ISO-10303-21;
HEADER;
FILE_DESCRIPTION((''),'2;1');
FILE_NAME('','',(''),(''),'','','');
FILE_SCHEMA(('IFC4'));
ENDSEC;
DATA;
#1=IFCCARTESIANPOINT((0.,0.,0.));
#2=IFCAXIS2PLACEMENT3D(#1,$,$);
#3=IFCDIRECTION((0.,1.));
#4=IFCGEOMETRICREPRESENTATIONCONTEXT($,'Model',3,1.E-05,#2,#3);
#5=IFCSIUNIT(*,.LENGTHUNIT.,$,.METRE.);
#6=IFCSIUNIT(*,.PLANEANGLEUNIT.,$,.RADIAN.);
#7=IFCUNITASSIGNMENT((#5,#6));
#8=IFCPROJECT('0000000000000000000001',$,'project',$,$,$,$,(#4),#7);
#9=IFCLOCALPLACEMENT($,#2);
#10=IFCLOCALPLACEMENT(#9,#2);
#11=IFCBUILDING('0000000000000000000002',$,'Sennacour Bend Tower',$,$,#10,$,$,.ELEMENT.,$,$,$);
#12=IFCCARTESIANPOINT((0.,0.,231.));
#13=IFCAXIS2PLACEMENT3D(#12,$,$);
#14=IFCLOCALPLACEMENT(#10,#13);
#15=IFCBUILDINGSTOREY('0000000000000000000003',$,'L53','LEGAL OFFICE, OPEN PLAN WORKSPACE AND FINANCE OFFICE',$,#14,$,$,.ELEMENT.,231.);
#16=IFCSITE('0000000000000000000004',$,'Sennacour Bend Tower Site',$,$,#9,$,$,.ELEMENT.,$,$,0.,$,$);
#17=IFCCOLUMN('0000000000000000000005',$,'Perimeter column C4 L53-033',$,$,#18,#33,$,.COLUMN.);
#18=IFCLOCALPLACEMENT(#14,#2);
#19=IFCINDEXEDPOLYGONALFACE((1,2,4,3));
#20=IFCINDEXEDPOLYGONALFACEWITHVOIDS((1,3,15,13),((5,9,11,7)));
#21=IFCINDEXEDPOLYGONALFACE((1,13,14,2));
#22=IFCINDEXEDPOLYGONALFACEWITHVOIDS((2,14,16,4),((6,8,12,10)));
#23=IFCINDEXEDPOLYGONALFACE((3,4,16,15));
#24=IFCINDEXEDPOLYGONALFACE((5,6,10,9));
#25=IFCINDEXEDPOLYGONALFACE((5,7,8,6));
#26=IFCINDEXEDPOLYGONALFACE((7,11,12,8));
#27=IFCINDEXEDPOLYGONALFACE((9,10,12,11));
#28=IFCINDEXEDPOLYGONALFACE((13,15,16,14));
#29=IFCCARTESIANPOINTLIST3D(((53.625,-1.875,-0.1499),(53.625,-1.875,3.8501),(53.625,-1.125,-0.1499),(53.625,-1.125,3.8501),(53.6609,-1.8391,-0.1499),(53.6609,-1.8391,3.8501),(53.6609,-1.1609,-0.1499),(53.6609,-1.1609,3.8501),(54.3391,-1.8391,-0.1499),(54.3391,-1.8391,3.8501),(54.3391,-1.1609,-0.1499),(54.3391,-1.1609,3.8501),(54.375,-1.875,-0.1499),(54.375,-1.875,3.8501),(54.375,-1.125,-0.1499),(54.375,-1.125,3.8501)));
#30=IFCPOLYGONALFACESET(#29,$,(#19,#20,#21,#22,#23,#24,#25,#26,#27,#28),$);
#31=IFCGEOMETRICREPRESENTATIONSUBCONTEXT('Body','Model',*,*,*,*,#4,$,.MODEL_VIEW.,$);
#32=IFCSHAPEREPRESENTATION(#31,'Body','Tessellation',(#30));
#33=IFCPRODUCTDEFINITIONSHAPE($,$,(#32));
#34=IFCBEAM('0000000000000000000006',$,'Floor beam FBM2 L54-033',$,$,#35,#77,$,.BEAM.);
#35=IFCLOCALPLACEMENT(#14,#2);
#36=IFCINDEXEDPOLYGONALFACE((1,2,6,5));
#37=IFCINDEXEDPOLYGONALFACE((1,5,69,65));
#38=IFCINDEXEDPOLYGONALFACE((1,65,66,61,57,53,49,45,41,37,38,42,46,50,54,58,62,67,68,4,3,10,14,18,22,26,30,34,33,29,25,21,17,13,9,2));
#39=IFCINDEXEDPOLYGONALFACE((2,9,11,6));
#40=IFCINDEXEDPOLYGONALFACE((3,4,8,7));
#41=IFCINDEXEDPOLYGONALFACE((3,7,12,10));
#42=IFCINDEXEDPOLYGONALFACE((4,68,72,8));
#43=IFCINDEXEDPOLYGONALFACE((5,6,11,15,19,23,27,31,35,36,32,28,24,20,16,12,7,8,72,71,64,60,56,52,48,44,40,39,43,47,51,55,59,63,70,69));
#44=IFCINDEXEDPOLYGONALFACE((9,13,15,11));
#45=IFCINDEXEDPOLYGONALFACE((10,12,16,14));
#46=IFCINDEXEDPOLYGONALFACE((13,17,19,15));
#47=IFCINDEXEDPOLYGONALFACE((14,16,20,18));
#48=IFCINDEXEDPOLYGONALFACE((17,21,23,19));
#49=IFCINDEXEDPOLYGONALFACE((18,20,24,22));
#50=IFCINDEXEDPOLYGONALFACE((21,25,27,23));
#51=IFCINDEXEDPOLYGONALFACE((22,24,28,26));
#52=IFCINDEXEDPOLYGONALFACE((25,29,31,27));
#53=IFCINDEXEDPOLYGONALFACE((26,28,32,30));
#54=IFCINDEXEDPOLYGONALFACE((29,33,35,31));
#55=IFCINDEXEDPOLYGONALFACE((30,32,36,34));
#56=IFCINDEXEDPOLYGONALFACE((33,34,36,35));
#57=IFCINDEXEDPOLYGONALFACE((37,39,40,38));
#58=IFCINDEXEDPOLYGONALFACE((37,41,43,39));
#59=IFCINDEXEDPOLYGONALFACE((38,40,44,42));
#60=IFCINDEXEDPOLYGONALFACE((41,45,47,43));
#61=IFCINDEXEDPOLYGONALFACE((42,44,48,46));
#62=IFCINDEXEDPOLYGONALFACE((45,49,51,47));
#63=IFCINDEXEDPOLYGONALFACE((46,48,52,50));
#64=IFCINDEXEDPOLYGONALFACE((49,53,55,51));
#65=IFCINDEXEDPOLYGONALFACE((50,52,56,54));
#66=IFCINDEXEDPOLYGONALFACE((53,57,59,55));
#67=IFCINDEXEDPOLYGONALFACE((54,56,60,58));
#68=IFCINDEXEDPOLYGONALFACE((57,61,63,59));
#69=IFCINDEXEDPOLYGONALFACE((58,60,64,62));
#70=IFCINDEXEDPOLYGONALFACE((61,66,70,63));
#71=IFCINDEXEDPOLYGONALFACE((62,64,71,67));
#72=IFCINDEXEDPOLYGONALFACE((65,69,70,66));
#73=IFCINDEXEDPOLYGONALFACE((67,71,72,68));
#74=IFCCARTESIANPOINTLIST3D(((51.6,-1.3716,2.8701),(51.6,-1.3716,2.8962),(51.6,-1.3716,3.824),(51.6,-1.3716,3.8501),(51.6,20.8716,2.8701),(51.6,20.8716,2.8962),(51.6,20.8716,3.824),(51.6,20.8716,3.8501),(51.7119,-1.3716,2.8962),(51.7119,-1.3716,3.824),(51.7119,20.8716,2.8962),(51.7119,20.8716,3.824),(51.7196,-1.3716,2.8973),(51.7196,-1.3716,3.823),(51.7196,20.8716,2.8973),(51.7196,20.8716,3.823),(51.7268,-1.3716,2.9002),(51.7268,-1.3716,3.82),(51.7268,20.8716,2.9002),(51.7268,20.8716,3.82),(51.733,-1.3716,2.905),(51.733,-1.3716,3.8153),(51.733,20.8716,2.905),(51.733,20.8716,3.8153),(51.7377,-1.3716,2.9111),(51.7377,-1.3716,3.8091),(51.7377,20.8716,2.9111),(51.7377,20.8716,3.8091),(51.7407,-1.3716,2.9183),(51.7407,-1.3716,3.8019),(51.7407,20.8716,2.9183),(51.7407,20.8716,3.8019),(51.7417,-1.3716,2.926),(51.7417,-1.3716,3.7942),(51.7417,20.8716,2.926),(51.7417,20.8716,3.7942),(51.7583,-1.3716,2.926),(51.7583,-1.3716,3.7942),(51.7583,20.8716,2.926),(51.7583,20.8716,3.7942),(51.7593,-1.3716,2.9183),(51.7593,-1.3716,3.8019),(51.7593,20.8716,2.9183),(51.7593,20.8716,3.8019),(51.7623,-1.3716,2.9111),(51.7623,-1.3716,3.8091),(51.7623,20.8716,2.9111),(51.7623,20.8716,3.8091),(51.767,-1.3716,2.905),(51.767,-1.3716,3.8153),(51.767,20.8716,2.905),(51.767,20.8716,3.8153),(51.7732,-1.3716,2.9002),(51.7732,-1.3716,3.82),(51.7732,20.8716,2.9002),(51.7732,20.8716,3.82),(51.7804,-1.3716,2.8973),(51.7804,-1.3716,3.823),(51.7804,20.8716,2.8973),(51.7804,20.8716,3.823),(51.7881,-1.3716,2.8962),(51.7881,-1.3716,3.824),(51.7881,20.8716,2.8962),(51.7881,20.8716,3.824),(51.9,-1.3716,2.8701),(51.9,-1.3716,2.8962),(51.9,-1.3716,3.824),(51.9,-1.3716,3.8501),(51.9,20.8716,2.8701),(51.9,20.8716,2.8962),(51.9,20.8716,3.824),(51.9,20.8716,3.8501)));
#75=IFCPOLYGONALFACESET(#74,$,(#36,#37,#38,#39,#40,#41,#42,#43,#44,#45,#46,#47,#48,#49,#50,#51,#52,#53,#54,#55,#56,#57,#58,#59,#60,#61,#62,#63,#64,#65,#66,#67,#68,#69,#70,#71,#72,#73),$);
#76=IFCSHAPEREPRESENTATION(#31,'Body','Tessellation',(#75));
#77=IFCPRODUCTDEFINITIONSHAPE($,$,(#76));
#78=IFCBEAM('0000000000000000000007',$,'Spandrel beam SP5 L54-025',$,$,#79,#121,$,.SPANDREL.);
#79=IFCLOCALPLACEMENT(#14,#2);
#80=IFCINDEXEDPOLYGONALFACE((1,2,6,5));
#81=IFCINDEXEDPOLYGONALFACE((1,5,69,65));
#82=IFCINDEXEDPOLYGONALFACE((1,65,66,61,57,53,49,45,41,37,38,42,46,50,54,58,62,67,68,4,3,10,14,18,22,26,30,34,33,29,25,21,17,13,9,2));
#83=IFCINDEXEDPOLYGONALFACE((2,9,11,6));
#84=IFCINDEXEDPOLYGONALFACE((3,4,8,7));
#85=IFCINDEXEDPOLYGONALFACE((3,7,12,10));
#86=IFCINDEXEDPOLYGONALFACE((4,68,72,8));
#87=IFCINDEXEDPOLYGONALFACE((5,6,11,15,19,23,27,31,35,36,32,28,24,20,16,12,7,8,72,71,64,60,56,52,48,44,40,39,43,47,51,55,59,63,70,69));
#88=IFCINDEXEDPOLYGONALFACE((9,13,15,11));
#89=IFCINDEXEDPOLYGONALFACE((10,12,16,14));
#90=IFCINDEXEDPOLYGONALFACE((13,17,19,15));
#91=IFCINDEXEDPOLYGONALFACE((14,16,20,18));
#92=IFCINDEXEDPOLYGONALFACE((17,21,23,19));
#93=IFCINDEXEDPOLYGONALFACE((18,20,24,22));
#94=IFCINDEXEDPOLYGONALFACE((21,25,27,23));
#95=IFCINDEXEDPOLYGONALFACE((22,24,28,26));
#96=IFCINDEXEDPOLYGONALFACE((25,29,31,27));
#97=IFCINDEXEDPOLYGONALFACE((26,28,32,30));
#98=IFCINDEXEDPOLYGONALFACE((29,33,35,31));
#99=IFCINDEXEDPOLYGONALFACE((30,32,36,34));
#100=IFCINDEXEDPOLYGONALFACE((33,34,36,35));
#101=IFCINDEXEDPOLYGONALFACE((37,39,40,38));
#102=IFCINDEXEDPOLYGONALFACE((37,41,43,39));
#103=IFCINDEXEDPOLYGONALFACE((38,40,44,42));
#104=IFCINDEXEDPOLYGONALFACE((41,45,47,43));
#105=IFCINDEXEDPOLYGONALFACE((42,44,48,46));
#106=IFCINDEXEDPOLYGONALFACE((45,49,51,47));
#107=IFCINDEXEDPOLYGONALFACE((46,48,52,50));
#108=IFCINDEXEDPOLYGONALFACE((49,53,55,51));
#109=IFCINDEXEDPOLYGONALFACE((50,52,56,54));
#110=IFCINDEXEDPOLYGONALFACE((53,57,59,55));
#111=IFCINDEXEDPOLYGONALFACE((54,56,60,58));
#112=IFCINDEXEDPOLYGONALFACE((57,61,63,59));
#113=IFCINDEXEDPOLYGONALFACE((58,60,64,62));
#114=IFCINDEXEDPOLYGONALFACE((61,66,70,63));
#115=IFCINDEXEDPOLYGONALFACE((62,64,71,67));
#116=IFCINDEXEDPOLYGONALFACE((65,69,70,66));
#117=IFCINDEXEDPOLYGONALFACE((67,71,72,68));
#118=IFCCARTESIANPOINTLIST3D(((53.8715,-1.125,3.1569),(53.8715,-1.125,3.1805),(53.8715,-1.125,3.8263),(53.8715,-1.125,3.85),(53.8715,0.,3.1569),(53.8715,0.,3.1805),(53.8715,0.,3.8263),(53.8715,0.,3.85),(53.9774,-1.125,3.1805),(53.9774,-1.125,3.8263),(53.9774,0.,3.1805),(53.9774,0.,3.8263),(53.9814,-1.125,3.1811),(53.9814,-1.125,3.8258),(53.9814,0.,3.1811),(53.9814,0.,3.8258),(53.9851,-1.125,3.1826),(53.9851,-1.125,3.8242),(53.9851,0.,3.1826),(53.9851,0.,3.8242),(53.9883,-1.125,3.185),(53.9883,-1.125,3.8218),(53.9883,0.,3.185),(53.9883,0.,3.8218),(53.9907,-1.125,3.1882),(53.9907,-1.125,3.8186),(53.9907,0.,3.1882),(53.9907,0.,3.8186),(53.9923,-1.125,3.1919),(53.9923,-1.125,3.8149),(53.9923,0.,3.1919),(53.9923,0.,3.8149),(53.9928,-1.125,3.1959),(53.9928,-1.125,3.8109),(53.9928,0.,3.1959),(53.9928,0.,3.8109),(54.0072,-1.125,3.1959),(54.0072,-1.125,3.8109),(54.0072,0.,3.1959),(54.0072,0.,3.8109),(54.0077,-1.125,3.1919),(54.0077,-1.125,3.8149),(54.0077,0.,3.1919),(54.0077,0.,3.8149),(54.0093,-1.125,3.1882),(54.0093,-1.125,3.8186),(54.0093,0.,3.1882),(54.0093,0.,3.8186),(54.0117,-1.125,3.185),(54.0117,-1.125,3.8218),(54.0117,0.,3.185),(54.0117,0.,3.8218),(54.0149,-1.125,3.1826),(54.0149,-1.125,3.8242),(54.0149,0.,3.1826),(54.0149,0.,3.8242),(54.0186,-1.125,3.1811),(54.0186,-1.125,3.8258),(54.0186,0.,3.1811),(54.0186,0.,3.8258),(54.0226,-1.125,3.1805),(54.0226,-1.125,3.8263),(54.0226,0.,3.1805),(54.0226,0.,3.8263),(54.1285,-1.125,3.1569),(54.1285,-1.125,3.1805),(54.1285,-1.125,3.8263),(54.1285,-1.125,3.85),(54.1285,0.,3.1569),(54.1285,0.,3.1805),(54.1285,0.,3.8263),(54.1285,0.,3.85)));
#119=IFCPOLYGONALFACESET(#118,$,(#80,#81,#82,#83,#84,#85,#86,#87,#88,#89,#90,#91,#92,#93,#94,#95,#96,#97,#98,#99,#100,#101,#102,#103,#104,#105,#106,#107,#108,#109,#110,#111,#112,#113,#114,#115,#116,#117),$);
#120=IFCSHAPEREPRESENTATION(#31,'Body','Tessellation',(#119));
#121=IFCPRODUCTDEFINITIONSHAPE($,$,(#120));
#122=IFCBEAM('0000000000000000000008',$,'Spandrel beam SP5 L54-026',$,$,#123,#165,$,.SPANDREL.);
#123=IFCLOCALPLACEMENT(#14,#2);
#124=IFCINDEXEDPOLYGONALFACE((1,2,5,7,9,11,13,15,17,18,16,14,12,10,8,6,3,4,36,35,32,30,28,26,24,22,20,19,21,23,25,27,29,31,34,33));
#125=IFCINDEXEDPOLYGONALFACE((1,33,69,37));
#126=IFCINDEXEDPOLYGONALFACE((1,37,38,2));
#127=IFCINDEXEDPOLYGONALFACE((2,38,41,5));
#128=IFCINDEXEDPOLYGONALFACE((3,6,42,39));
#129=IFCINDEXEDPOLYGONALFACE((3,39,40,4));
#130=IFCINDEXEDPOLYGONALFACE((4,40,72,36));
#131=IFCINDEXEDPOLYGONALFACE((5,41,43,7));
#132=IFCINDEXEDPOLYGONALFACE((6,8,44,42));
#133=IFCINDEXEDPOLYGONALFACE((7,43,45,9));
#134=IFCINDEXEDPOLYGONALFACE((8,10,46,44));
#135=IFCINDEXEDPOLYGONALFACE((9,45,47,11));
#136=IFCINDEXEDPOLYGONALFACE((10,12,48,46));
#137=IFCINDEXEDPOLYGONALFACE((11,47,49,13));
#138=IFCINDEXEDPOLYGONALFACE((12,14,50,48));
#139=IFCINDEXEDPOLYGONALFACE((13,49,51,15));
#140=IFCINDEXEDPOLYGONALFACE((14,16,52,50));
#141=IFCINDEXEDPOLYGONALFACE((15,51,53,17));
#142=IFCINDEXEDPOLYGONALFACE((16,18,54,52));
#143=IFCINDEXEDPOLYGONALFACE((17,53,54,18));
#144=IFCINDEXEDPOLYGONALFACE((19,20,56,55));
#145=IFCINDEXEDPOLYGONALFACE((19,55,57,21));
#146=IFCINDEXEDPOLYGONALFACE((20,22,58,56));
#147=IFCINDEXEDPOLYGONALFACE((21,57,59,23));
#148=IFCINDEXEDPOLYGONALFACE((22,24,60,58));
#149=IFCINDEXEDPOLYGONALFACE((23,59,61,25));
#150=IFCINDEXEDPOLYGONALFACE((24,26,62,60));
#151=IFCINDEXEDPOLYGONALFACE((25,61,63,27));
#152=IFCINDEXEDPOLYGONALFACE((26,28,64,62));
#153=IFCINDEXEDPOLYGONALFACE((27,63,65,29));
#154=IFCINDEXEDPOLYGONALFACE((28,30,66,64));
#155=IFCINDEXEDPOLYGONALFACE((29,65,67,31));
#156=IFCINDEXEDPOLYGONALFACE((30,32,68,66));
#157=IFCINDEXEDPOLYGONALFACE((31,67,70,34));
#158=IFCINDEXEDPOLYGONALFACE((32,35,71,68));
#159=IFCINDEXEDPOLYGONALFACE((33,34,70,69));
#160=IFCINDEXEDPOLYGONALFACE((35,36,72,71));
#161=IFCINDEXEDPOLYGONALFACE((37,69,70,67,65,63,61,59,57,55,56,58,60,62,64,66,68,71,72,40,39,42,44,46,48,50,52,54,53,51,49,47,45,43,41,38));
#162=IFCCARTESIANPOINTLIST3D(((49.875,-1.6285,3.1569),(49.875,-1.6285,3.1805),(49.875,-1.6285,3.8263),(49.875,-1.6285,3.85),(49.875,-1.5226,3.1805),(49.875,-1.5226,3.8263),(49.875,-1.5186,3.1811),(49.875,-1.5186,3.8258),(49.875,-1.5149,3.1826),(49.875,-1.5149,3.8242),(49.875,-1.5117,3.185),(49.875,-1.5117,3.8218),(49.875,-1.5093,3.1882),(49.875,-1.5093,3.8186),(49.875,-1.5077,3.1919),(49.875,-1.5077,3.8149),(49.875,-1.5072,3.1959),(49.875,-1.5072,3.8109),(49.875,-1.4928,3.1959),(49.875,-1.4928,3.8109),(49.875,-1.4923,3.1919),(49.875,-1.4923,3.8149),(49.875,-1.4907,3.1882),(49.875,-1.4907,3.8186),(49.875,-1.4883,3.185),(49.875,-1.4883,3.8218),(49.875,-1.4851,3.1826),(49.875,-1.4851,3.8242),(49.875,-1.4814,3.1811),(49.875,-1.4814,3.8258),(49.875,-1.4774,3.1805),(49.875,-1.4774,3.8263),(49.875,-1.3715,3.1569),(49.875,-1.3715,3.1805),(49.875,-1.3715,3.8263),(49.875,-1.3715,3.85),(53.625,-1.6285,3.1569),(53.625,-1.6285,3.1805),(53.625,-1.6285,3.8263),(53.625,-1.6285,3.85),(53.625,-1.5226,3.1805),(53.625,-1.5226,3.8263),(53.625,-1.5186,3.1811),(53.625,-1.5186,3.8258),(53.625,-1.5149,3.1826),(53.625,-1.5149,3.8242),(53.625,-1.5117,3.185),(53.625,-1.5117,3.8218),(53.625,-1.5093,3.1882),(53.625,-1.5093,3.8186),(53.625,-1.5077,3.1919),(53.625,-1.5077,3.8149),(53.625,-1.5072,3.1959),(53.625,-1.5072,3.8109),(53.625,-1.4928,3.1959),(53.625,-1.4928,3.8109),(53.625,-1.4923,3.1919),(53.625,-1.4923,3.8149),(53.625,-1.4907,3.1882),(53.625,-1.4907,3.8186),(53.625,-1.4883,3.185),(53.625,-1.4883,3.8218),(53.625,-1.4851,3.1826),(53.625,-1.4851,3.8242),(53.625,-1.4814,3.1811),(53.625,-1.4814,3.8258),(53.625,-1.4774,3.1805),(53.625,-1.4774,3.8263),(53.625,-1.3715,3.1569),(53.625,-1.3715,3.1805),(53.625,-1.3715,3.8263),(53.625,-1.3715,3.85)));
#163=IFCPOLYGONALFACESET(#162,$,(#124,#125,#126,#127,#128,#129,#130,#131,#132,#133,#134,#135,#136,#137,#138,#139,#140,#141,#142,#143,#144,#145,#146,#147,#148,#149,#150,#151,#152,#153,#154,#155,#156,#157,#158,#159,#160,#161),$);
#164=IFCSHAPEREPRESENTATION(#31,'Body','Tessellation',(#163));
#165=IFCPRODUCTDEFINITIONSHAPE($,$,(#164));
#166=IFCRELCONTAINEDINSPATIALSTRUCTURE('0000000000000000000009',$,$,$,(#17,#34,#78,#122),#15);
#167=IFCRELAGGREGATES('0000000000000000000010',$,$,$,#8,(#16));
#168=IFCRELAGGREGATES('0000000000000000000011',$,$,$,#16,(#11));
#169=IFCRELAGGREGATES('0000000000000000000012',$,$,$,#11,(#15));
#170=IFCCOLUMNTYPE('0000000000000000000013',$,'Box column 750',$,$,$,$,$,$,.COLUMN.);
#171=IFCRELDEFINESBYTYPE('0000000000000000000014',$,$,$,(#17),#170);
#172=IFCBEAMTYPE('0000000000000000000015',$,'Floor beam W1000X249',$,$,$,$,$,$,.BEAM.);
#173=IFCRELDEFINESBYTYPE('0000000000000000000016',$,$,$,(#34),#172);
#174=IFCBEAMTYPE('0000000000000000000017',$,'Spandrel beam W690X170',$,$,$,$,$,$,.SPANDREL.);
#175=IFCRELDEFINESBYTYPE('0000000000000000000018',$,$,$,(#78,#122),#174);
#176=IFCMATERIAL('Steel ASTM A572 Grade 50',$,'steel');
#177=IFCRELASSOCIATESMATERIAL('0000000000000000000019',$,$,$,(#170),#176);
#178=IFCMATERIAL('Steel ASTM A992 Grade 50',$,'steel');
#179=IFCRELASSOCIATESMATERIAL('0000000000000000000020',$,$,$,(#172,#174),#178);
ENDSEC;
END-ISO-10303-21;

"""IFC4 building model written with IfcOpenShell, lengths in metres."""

from ifc_helpers import new_model, si_unit, direction, frame, origin, origin_2d, place, context, subcontext, project, spatial, hollow_rectangle, i_section, extrude, material, material_profile, profile_set, type_object, element, save


model = new_model("IFC4")

# Units and contexts
model_context = context("Model", 3, precision=1e-05, world=origin(), true_north=direction((0.0, 1.0)))
body_context = subcontext(model_context, "Body", "Model", "MODEL_VIEW")
ifc_project = project(units=[si_unit("LENGTHUNIT", "METRE"), si_unit("PLANEANGLEUNIT", "RADIAN")], contexts=[model_context])

# Site, building, storey
site_placement = place(None, origin())
site = spatial("IfcSite", under=ifc_project, at=site_placement, Name="Sennacour Bend Tower Site", CompositionType="ELEMENT", RefElevation=0.0)
building_placement = place(site_placement, origin())
building = spatial("IfcBuilding", under=site, at=building_placement, Name="Sennacour Bend Tower", CompositionType="ELEMENT")
storey_placement = place(building_placement, frame((0.0, 0.0, 231.0)))
storey = spatial("IfcBuildingStorey", under=building, at=storey_placement, Name="L53", Description="LEGAL OFFICE, OPEN PLAN WORKSPACE AND FINANCE OFFICE", CompositionType="ELEMENT", Elevation=231.0)

# Column
ifc_material_1 = material(Name="Steel ASTM A572 Grade 50", Category="steel")
ifc_material_profile_1 = material_profile(ifc_material_1, hollow_rectangle(XDim=0.75, YDim=0.75, WallThickness=0.0359, at=origin_2d()), Name="Steel ASTM A572 Grade 50", Category="steel")
ifc_profile_set_1 = profile_set([ifc_material_profile_1], Name="Steel ASTM A572 Grade 50")
column_type = type_object("IfcColumnType", Name="Box column 750", PredefinedType="COLUMN", material=ifc_profile_set_1)
column_placement = place(storey_placement, frame((54.0, -1.5, -0.1499), z_axis=(0.0, 0.0, 1.0), x_axis=(1.0, 0.0, 0.0)))
element("IfcColumn", 1, at=column_placement, inside=storey, type_object=column_type, Name="Perimeter column C4 L53-033", PredefinedType="COLUMN", context=body_context, shape_type="SweptSolid", body=[
    extrude(hollow_rectangle(XDim=0.75, YDim=0.75, WallThickness=0.0359, at=origin_2d()), origin(), (0.0, 0.0, 1.0), 4.0),
])

# Beams
ifc_material_2 = material(Name="Steel ASTM A992 Grade 50", Category="steel")
ifc_material_profile_2 = material_profile(ifc_material_2, i_section(OverallWidth=0.3, OverallDepth=0.98, WebThickness=0.0166, FlangeThickness=0.0261, FilletRadius=0.0298, at=origin_2d()), Name="Steel ASTM A992 Grade 50", Category="steel")
ifc_profile_set_2 = profile_set([ifc_material_profile_2], Name="Steel ASTM A992 Grade 50")
beam_type_1 = type_object("IfcBeamType", Name="Floor beam W1000X249", PredefinedType="BEAM", material=ifc_profile_set_2)
beam_1_placement = place(storey_placement, frame((51.75, -1.3716, 3.3601), z_axis=(0.0, 1.0, 0.0), x_axis=(-1.0, 0.0, 0.0)))
element("IfcBeam", 2, at=beam_1_placement, inside=storey, type_object=beam_type_1, Name="Floor beam FBM2 L54-033", PredefinedType="BEAM", context=body_context, shape_type="SweptSolid", body=[
    extrude(i_section(OverallWidth=0.3, OverallDepth=0.98, WebThickness=0.0166, FlangeThickness=0.0261, FilletRadius=0.0298, at=origin_2d()), origin(), (0.0, 0.0, 1.0), 22.2432),
])
ifc_material_profile_3 = material_profile(ifc_material_2, i_section(OverallWidth=0.2571, OverallDepth=0.6931, WebThickness=0.0144, FlangeThickness=0.0237, FilletRadius=0.0154, at=origin_2d()), Name="Steel ASTM A992 Grade 50", Category="steel")
ifc_profile_set_3 = profile_set([ifc_material_profile_3], Name="Steel ASTM A992 Grade 50")
beam_type_2 = type_object("IfcBeamType", Name="Spandrel beam W690X170", PredefinedType="SPANDREL", material=ifc_profile_set_3)
beam_2_placement = place(storey_placement, frame((54.0, 0.0, 3.5034), z_axis=(0.0, -1.0, 0.0), x_axis=(1.0, 0.0, 0.0)))
element("IfcBeam", 3, at=beam_2_placement, inside=storey, type_object=beam_type_2, Name="Spandrel beam SP5 L54-025", PredefinedType="SPANDREL", context=body_context, shape_type="SweptSolid", body=[
    extrude(i_section(OverallWidth=0.2571, OverallDepth=0.6931, WebThickness=0.0144, FlangeThickness=0.0237, FilletRadius=0.0154, at=origin_2d()), origin(), (0.0, 0.0, 1.0), 1.125),
])
beam_3_placement = place(storey_placement, frame((53.625, -1.5, 3.5034), z_axis=(-1.0, 0.0, 0.0), x_axis=(0.0, -1.0, 0.0)))
element("IfcBeam", 4, at=beam_3_placement, inside=storey, type_object=beam_type_2, Name="Spandrel beam SP5 L54-026", PredefinedType="SPANDREL", context=body_context, shape_type="SweptSolid", body=[
    extrude(i_section(OverallWidth=0.2571, OverallDepth=0.6931, WebThickness=0.0144, FlangeThickness=0.0237, FilletRadius=0.0154, at=origin_2d()), origin(), (0.0, 0.0, 1.0), 3.75),
])

save(model, "model.ifc")
